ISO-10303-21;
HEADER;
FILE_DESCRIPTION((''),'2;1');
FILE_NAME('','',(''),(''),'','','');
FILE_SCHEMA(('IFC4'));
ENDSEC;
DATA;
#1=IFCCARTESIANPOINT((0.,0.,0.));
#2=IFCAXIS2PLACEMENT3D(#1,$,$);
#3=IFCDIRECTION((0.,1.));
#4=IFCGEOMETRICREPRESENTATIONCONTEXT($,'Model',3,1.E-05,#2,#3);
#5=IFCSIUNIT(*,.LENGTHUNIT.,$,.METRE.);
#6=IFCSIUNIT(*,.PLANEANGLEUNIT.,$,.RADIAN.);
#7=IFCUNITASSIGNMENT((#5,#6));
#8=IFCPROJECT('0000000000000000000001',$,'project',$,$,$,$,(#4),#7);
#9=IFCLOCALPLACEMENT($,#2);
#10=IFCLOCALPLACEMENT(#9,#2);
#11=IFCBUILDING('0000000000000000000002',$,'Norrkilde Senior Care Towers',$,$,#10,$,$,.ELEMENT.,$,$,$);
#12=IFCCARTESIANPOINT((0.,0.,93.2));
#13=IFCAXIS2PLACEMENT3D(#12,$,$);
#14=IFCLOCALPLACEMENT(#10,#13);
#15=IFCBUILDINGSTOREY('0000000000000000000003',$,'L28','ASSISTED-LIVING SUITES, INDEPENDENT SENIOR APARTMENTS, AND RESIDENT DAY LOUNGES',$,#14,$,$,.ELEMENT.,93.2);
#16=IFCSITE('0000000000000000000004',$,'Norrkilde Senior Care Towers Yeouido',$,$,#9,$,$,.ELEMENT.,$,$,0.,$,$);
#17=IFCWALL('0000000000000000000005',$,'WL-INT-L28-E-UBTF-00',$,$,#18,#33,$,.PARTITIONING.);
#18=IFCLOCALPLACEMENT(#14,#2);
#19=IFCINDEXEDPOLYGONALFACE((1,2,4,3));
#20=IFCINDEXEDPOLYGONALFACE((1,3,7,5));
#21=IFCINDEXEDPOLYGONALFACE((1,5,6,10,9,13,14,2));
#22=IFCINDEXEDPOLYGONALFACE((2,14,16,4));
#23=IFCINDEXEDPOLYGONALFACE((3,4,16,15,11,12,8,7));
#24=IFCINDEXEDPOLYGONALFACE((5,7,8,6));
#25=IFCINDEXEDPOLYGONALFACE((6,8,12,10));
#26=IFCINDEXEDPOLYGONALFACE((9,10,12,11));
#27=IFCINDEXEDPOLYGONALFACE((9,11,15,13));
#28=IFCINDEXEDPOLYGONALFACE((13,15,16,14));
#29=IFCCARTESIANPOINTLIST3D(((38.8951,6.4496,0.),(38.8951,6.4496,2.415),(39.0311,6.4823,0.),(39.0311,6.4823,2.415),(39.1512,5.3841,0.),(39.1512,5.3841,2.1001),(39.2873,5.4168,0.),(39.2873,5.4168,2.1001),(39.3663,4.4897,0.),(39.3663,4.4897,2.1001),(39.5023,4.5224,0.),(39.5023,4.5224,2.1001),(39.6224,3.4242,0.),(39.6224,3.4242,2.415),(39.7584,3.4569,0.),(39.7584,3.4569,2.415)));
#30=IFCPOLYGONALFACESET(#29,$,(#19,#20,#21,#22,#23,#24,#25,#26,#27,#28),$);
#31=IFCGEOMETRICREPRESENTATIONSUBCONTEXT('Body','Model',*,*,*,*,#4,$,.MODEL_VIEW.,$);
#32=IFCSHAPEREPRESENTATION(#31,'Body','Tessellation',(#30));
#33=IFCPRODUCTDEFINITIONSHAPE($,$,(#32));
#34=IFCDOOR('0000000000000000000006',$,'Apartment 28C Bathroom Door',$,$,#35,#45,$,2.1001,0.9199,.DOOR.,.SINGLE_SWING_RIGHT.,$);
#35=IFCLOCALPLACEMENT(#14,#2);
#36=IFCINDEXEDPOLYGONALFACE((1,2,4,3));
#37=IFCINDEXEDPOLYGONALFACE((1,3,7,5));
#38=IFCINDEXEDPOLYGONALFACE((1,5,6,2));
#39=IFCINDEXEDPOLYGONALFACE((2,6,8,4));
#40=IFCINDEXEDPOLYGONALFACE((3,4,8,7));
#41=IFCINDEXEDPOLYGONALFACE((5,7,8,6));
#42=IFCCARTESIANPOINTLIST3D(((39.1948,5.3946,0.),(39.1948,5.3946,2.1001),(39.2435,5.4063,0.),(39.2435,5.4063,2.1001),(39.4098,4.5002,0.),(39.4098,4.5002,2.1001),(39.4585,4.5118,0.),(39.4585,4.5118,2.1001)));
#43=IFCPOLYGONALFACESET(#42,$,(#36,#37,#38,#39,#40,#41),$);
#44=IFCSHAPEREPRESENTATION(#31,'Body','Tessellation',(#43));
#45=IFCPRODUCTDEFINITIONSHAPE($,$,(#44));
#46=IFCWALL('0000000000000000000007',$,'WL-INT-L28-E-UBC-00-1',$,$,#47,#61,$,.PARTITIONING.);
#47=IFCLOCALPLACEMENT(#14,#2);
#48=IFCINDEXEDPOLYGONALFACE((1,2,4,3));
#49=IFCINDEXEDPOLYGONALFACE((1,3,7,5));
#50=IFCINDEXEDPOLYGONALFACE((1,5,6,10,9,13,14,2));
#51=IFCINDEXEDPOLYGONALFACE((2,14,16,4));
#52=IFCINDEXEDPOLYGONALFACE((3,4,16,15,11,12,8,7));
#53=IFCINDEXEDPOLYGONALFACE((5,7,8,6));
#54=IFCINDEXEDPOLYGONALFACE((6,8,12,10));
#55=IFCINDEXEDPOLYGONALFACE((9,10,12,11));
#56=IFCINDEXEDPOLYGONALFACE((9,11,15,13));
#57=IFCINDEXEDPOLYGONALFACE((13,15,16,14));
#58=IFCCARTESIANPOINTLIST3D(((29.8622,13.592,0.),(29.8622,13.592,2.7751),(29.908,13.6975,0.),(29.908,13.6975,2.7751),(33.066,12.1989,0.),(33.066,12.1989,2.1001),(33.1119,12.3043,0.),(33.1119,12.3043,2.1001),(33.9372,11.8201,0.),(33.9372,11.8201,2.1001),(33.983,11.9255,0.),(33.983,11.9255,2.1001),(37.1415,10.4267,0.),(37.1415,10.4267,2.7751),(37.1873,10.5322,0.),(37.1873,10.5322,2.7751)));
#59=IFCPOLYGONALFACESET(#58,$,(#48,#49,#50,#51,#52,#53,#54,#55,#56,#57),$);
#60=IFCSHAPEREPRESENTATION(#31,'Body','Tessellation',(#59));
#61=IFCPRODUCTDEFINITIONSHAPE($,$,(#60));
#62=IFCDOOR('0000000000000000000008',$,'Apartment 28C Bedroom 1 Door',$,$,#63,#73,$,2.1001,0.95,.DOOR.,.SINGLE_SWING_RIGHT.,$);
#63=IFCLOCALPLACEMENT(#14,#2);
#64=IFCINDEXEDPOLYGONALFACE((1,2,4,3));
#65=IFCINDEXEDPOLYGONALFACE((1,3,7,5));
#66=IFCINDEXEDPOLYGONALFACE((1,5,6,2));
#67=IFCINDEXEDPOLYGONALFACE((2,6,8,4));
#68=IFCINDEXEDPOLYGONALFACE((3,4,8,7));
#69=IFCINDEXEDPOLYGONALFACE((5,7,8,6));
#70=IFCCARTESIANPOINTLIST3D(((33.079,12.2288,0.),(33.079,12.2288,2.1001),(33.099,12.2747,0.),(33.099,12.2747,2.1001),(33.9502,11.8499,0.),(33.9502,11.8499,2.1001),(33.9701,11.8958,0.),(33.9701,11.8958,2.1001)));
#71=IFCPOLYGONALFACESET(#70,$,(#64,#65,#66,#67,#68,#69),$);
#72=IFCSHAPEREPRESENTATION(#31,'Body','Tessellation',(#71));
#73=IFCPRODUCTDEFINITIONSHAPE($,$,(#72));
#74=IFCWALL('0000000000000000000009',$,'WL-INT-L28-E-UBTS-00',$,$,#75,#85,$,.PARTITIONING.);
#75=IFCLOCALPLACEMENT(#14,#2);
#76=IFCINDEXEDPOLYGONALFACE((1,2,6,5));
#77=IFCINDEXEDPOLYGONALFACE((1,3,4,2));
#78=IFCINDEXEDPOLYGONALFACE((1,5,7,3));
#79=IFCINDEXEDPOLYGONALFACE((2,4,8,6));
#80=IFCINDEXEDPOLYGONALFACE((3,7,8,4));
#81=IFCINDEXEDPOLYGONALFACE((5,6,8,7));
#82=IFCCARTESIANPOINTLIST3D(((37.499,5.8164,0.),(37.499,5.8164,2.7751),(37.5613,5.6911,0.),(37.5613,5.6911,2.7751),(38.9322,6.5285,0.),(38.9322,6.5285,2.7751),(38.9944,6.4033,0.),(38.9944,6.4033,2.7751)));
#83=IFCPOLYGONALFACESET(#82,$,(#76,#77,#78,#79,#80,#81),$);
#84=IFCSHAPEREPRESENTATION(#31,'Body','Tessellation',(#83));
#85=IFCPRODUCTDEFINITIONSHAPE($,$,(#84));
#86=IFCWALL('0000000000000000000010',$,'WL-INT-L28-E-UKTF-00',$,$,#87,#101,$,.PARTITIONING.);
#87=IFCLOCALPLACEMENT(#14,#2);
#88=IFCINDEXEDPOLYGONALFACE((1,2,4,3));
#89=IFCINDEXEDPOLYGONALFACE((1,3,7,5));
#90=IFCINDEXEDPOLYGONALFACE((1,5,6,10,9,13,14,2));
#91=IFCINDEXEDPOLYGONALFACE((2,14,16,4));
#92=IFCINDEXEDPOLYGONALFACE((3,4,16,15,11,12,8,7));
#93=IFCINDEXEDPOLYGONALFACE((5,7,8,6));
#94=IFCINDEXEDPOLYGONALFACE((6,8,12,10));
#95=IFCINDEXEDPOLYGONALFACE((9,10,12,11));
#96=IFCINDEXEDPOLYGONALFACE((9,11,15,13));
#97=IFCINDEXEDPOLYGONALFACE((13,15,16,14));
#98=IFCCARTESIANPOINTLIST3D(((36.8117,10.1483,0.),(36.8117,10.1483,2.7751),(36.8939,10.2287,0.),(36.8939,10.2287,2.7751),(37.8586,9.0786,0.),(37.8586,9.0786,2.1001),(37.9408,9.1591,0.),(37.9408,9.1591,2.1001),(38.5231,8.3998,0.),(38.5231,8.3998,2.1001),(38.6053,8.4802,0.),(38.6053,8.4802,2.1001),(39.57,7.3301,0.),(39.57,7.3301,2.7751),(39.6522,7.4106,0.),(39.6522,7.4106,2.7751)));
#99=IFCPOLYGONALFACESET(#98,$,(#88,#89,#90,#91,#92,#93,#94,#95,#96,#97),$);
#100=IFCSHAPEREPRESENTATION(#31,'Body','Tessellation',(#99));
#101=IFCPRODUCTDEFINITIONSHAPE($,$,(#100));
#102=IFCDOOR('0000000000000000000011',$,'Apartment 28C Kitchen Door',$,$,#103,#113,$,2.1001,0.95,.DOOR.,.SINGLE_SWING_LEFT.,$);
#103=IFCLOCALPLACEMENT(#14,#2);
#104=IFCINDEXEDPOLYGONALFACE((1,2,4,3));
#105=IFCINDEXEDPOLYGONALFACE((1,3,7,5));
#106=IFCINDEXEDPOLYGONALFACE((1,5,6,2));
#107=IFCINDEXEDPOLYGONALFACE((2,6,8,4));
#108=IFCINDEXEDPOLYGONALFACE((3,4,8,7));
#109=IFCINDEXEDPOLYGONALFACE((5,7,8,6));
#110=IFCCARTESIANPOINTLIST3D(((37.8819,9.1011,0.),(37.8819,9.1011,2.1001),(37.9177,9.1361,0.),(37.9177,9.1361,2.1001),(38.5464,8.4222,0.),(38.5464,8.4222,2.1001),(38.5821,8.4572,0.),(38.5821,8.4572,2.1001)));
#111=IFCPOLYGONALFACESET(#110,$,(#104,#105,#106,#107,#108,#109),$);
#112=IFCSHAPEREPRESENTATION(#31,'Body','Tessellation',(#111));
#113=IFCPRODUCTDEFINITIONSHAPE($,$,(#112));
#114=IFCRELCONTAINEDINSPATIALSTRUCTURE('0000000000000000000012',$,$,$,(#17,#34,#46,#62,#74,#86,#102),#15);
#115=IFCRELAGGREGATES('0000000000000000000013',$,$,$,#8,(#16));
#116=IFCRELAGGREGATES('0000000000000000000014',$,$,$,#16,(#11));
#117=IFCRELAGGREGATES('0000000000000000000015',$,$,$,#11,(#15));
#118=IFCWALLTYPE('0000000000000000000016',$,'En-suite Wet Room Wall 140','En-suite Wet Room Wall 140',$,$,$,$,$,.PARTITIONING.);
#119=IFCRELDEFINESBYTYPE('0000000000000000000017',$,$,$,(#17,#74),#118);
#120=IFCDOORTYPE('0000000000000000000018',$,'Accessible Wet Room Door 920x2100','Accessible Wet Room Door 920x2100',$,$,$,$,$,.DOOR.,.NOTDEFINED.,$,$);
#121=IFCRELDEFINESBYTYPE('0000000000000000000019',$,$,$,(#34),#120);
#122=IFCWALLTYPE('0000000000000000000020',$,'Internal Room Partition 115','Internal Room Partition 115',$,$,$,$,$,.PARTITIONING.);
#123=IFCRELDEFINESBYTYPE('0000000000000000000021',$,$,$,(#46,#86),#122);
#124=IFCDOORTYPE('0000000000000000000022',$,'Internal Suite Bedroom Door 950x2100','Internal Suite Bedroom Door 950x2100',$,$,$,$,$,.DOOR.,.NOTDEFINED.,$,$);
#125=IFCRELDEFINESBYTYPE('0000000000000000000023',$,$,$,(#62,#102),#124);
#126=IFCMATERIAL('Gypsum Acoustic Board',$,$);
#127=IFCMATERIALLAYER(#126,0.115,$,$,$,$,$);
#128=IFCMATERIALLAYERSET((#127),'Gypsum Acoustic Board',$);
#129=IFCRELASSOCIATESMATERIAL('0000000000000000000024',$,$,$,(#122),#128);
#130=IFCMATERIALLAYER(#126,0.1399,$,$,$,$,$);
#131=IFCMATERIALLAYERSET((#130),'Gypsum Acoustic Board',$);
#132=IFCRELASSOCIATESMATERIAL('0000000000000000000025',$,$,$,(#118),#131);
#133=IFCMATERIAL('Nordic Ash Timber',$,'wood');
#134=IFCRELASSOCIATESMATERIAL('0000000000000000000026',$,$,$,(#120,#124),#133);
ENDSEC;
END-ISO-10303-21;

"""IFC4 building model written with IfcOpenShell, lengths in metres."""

from ifc_helpers import new_model, si_unit, direction, frame, frame_2d, origin, place, context, subcontext, project, spatial, rectangle, extrude, source, transform, mapped, material, layer, layer_set, type_object, type_shapes, element, fill, save


model = new_model("IFC4")

# Units and contexts
model_context = context("Model", 3, precision=1e-05, world=origin(), true_north=direction((0.0, 1.0)))
body_context = subcontext(model_context, "Body", "Model", "MODEL_VIEW")
ifc_project = project(units=[si_unit("LENGTHUNIT", "METRE"), si_unit("PLANEANGLEUNIT", "RADIAN")], contexts=[model_context])

# Site, building, storey
site_placement = place(None, origin())
site = spatial("IfcSite", under=ifc_project, at=site_placement, Name="Norrkilde Senior Care Towers Yeouido", CompositionType="ELEMENT", RefElevation=0.0)
building_placement = place(site_placement, origin())
building = spatial("IfcBuilding", under=site, at=building_placement, Name="Norrkilde Senior Care Towers", CompositionType="ELEMENT")
storey_placement = place(building_placement, frame((0.0, 0.0, 93.2)))
storey = spatial("IfcBuildingStorey", under=building, at=storey_placement, Name="L28", Description="ASSISTED-LIVING SUITES, INDEPENDENT SENIOR APARTMENTS, AND RESIDENT DAY LOUNGES", CompositionType="ELEMENT", Elevation=93.2)

# Shared definitions
ifc_material_1 = material(Name="Gypsum Acoustic Board")
ifc_material_2 = material(Name="Nordic Ash Timber", Category="wood")

# Shared definitions
ifc_layer_1 = layer(ifc_material_1, 0.115)
ifc_layer_set_1 = layer_set([ifc_layer_1], Name="Gypsum Acoustic Board")
wall_type_1 = type_object("IfcWallType", Name="Internal Room Partition 115", Description="Internal Room Partition 115", PredefinedType="PARTITIONING", material=ifc_layer_set_1)

# Walls, openings, doors
ifc_layer_2 = layer(ifc_material_1, 0.1399)
ifc_layer_set_2 = layer_set([ifc_layer_2], Name="Gypsum Acoustic Board")
wall_type_2 = type_object("IfcWallType", Name="En-suite Wet Room Wall 140", Description="En-suite Wet Room Wall 140", PredefinedType="PARTITIONING", material=ifc_layer_set_2)
shared_shape_1 = source(origin(), body_context, "Body", "SweptSolid", [
    extrude(rectangle(XDim=3.1116, YDim=0.1399, at=frame_2d((1.5557, 0.0))), origin(), (0.0, 0.0, 1.0), 2.415),
])
wall_1_placement = place(storey_placement, frame((38.9631, 6.4658, 0.0), z_axis=(0.0, 0.0, 1.0), x_axis=(0.233738, -0.9723, 0.0)))
wall_1 = element("IfcWall", 1, at=wall_1_placement, inside=storey, type_object=wall_type_2, Name="WL-INT-L28-E-UBTF-00", PredefinedType="PARTITIONING", context=body_context, shape_type="MappedRepresentation", body=[
    mapped(shared_shape_1, transform((0.0, 0.0, 0.0), x_axis=(1.0, 0.0, 0.0), y_axis=(0.0, 1.0, 0.0), z_axis=(0.0, 0.0, 1.0), scale=1.0)),
])
opening_1_placement = place(wall_1_placement, frame((1.0957, 0.0, 0.0)))
opening_1 = element("IfcOpeningElement", 2, at=opening_1_placement, cuts=wall_1, PredefinedType="OPENING", context=body_context, shape_type="SweptSolid", body=[
    extrude(rectangle(XDim=0.9199, YDim=2.1001, at=frame_2d((0.46, 1.05))), frame((0.0, 0.0798, 0.0), z_axis=(0.0, -1.0, 0.0), x_axis=(1.0, 0.0, 0.0)), (0.0, 0.0, 1.0), 0.1599),
])
door_type_1 = type_object("IfcDoorType", Name="Accessible Wet Room Door 920x2100", Description="Accessible Wet Room Door 920x2100", OperationType="NOTDEFINED", PredefinedType="DOOR", material=ifc_material_2)
shared_shape_2 = source(origin(), body_context, "Body", "SweptSolid", [
    extrude(rectangle(XDim=0.9199, YDim=2.1001, at=frame_2d((0.46, 1.05))), frame((0.0, 0.0249, 0.0), z_axis=(0.0, -1.0, 0.0), x_axis=(1.0, 0.0, 0.0)), (0.0, 0.0, 1.0), 0.05),
])
type_shapes(door_type_1, [shared_shape_2])
door_1_placement = place(opening_1_placement, origin())
door_1 = element("IfcDoor", 3, at=door_1_placement, inside=storey, type_object=door_type_1, Name="Apartment 28C Bathroom Door", OperationType="SINGLE_SWING_RIGHT", OverallHeight=2.1001, OverallWidth=0.9199, PredefinedType="DOOR", context=body_context, shape_type="MappedRepresentation", body=[
    mapped(shared_shape_2, transform((0.0, 0.0, 0.0), x_axis=(1.0, 0.0, 0.0), y_axis=(0.0, 1.0, 0.0), z_axis=(0.0, 0.0, 1.0), scale=1.0)),
])
fill(opening_1, door_1)
shared_shape_3 = source(origin(), body_context, "Body", "SweptSolid", [
    extrude(rectangle(XDim=7.9377, YDim=0.115, at=frame_2d((3.9688, 0.0))), origin(), (0.0, 0.0, 1.0), 2.7751),
])
wall_2_placement = place(storey_placement, frame((37.1643, 10.4795, 0.0), z_axis=(0.0, 0.0, 1.0), x_axis=(-0.917053, 0.398765, 0.0)))
wall_2 = element("IfcWall", 4, at=wall_2_placement, inside=storey, type_object=wall_type_1, Name="WL-INT-L28-E-UBC-00-1", PredefinedType="PARTITIONING", context=body_context, shape_type="MappedRepresentation", body=[
    mapped(shared_shape_3, transform((0.0, 0.0, 0.0), x_axis=(1.0, 0.0, 0.0), y_axis=(0.0, 1.0, 0.0), z_axis=(0.0, 0.0, 1.0), scale=1.0)),
])
opening_2_placement = place(wall_2_placement, frame((3.4939, 0.0, 0.0)))
opening_2 = element("IfcOpeningElement", 5, at=opening_2_placement, cuts=wall_2, PredefinedType="OPENING", context=body_context, shape_type="SweptSolid", body=[
    extrude(rectangle(XDim=0.95, YDim=2.1001, at=frame_2d((0.4751, 1.05))), frame((0.0, 0.0674, 0.0), z_axis=(0.0, -1.0, 0.0), x_axis=(1.0, 0.0, 0.0)), (0.0, 0.0, 1.0), 0.135),
])
door_type_2 = type_object("IfcDoorType", Name="Internal Suite Bedroom Door 950x2100", Description="Internal Suite Bedroom Door 950x2100", OperationType="NOTDEFINED", PredefinedType="DOOR", material=ifc_material_2)
shared_shape_4 = source(origin(), body_context, "Body", "SweptSolid", [
    extrude(rectangle(XDim=0.95, YDim=2.1001, at=frame_2d((0.4751, 1.05))), frame((0.0, 0.0249, 0.0), z_axis=(0.0, -1.0, 0.0), x_axis=(1.0, 0.0, 0.0)), (0.0, 0.0, 1.0), 0.05),
])
type_shapes(door_type_2, [shared_shape_4])
door_2_placement = place(opening_2_placement, origin())
door_2 = element("IfcDoor", 6, at=door_2_placement, inside=storey, type_object=door_type_2, Name="Apartment 28C Bedroom 1 Door", OperationType="SINGLE_SWING_RIGHT", OverallHeight=2.1001, OverallWidth=0.95, PredefinedType="DOOR", context=body_context, shape_type="MappedRepresentation", body=[
    mapped(shared_shape_4, transform((0.0, 0.0, 0.0), x_axis=(1.0, 0.0, 0.0), y_axis=(0.0, 1.0, 0.0), z_axis=(0.0, 0.0, 1.0), scale=1.0)),
])
fill(opening_2, door_2)

# Wall
shared_shape_5 = source(origin(), body_context, "Body", "SweptSolid", [
    extrude(rectangle(XDim=1.6003, YDim=0.1399, at=frame_2d((0.8003, 0.0))), origin(), (0.0, 0.0, 1.0), 2.7751),
])
type_shapes(wall_type_2, [shared_shape_1, shared_shape_5])
wall_3_placement = place(storey_placement, frame((37.53, 5.7537, 0.0), z_axis=(0.0, 0.0, 1.0), x_axis=(0.895523, 0.445015, 0.0)))
element("IfcWall", 7, at=wall_3_placement, inside=storey, type_object=wall_type_2, Name="WL-INT-L28-E-UBTS-00", PredefinedType="PARTITIONING", context=body_context, shape_type="MappedRepresentation", body=[
    mapped(shared_shape_5, transform((0.0, 0.0, 0.0), x_axis=(1.0, 0.0, 0.0), y_axis=(0.0, 1.0, 0.0), z_axis=(0.0, 0.0, 1.0), scale=1.0)),
])

# Wall, opening, door
shared_shape_6 = source(origin(), body_context, "Body", "SweptSolid", [
    extrude(rectangle(XDim=3.9434, YDim=0.115, at=frame_2d((1.9717, 0.0))), origin(), (0.0, 0.0, 1.0), 2.7751),
])
wall_4_placement = place(storey_placement, frame((39.6111, 7.3704, 0.0), z_axis=(0.0, 0.0, 1.0), x_axis=(-0.699482, 0.71465, 0.0)))
wall_4 = element("IfcWall", 8, at=wall_4_placement, inside=storey, type_object=wall_type_1, Name="WL-INT-L28-E-UKTF-00", PredefinedType="PARTITIONING", context=body_context, shape_type="MappedRepresentation", body=[
    mapped(shared_shape_6, transform((0.0, 0.0, 0.0), x_axis=(1.0, 0.0, 0.0), y_axis=(0.0, 1.0, 0.0), z_axis=(0.0, 0.0, 1.0), scale=1.0)),
])
opening_3_placement = place(wall_4_placement, frame((1.4966, 0.0, 0.0)))
opening_3 = element("IfcOpeningElement", 9, at=opening_3_placement, cuts=wall_4, PredefinedType="OPENING", context=body_context, shape_type="SweptSolid", body=[
    extrude(rectangle(XDim=0.95, YDim=2.1001, at=frame_2d((0.4751, 1.05))), frame((0.0, 0.0674, 0.0), z_axis=(0.0, -1.0, 0.0), x_axis=(1.0, 0.0, 0.0)), (0.0, 0.0, 1.0), 0.135),
])
door_3_placement = place(opening_3_placement, frame((0.95, 0.0, 0.0), z_axis=(0.0, 0.0, 1.0), x_axis=(-1.0, 0.0, 0.0)))
door_3 = element("IfcDoor", 10, at=door_3_placement, inside=storey, type_object=door_type_2, Name="Apartment 28C Kitchen Door", OperationType="SINGLE_SWING_LEFT", OverallHeight=2.1001, OverallWidth=0.95, PredefinedType="DOOR", context=body_context, shape_type="MappedRepresentation", body=[
    mapped(shared_shape_4, transform((0.0, 0.0, 0.0), x_axis=(1.0, 0.0, 0.0), y_axis=(0.0, 1.0, 0.0), z_axis=(0.0, 0.0, 1.0), scale=1.0)),
])
fill(opening_3, door_3)

save(model, "model.ifc")
